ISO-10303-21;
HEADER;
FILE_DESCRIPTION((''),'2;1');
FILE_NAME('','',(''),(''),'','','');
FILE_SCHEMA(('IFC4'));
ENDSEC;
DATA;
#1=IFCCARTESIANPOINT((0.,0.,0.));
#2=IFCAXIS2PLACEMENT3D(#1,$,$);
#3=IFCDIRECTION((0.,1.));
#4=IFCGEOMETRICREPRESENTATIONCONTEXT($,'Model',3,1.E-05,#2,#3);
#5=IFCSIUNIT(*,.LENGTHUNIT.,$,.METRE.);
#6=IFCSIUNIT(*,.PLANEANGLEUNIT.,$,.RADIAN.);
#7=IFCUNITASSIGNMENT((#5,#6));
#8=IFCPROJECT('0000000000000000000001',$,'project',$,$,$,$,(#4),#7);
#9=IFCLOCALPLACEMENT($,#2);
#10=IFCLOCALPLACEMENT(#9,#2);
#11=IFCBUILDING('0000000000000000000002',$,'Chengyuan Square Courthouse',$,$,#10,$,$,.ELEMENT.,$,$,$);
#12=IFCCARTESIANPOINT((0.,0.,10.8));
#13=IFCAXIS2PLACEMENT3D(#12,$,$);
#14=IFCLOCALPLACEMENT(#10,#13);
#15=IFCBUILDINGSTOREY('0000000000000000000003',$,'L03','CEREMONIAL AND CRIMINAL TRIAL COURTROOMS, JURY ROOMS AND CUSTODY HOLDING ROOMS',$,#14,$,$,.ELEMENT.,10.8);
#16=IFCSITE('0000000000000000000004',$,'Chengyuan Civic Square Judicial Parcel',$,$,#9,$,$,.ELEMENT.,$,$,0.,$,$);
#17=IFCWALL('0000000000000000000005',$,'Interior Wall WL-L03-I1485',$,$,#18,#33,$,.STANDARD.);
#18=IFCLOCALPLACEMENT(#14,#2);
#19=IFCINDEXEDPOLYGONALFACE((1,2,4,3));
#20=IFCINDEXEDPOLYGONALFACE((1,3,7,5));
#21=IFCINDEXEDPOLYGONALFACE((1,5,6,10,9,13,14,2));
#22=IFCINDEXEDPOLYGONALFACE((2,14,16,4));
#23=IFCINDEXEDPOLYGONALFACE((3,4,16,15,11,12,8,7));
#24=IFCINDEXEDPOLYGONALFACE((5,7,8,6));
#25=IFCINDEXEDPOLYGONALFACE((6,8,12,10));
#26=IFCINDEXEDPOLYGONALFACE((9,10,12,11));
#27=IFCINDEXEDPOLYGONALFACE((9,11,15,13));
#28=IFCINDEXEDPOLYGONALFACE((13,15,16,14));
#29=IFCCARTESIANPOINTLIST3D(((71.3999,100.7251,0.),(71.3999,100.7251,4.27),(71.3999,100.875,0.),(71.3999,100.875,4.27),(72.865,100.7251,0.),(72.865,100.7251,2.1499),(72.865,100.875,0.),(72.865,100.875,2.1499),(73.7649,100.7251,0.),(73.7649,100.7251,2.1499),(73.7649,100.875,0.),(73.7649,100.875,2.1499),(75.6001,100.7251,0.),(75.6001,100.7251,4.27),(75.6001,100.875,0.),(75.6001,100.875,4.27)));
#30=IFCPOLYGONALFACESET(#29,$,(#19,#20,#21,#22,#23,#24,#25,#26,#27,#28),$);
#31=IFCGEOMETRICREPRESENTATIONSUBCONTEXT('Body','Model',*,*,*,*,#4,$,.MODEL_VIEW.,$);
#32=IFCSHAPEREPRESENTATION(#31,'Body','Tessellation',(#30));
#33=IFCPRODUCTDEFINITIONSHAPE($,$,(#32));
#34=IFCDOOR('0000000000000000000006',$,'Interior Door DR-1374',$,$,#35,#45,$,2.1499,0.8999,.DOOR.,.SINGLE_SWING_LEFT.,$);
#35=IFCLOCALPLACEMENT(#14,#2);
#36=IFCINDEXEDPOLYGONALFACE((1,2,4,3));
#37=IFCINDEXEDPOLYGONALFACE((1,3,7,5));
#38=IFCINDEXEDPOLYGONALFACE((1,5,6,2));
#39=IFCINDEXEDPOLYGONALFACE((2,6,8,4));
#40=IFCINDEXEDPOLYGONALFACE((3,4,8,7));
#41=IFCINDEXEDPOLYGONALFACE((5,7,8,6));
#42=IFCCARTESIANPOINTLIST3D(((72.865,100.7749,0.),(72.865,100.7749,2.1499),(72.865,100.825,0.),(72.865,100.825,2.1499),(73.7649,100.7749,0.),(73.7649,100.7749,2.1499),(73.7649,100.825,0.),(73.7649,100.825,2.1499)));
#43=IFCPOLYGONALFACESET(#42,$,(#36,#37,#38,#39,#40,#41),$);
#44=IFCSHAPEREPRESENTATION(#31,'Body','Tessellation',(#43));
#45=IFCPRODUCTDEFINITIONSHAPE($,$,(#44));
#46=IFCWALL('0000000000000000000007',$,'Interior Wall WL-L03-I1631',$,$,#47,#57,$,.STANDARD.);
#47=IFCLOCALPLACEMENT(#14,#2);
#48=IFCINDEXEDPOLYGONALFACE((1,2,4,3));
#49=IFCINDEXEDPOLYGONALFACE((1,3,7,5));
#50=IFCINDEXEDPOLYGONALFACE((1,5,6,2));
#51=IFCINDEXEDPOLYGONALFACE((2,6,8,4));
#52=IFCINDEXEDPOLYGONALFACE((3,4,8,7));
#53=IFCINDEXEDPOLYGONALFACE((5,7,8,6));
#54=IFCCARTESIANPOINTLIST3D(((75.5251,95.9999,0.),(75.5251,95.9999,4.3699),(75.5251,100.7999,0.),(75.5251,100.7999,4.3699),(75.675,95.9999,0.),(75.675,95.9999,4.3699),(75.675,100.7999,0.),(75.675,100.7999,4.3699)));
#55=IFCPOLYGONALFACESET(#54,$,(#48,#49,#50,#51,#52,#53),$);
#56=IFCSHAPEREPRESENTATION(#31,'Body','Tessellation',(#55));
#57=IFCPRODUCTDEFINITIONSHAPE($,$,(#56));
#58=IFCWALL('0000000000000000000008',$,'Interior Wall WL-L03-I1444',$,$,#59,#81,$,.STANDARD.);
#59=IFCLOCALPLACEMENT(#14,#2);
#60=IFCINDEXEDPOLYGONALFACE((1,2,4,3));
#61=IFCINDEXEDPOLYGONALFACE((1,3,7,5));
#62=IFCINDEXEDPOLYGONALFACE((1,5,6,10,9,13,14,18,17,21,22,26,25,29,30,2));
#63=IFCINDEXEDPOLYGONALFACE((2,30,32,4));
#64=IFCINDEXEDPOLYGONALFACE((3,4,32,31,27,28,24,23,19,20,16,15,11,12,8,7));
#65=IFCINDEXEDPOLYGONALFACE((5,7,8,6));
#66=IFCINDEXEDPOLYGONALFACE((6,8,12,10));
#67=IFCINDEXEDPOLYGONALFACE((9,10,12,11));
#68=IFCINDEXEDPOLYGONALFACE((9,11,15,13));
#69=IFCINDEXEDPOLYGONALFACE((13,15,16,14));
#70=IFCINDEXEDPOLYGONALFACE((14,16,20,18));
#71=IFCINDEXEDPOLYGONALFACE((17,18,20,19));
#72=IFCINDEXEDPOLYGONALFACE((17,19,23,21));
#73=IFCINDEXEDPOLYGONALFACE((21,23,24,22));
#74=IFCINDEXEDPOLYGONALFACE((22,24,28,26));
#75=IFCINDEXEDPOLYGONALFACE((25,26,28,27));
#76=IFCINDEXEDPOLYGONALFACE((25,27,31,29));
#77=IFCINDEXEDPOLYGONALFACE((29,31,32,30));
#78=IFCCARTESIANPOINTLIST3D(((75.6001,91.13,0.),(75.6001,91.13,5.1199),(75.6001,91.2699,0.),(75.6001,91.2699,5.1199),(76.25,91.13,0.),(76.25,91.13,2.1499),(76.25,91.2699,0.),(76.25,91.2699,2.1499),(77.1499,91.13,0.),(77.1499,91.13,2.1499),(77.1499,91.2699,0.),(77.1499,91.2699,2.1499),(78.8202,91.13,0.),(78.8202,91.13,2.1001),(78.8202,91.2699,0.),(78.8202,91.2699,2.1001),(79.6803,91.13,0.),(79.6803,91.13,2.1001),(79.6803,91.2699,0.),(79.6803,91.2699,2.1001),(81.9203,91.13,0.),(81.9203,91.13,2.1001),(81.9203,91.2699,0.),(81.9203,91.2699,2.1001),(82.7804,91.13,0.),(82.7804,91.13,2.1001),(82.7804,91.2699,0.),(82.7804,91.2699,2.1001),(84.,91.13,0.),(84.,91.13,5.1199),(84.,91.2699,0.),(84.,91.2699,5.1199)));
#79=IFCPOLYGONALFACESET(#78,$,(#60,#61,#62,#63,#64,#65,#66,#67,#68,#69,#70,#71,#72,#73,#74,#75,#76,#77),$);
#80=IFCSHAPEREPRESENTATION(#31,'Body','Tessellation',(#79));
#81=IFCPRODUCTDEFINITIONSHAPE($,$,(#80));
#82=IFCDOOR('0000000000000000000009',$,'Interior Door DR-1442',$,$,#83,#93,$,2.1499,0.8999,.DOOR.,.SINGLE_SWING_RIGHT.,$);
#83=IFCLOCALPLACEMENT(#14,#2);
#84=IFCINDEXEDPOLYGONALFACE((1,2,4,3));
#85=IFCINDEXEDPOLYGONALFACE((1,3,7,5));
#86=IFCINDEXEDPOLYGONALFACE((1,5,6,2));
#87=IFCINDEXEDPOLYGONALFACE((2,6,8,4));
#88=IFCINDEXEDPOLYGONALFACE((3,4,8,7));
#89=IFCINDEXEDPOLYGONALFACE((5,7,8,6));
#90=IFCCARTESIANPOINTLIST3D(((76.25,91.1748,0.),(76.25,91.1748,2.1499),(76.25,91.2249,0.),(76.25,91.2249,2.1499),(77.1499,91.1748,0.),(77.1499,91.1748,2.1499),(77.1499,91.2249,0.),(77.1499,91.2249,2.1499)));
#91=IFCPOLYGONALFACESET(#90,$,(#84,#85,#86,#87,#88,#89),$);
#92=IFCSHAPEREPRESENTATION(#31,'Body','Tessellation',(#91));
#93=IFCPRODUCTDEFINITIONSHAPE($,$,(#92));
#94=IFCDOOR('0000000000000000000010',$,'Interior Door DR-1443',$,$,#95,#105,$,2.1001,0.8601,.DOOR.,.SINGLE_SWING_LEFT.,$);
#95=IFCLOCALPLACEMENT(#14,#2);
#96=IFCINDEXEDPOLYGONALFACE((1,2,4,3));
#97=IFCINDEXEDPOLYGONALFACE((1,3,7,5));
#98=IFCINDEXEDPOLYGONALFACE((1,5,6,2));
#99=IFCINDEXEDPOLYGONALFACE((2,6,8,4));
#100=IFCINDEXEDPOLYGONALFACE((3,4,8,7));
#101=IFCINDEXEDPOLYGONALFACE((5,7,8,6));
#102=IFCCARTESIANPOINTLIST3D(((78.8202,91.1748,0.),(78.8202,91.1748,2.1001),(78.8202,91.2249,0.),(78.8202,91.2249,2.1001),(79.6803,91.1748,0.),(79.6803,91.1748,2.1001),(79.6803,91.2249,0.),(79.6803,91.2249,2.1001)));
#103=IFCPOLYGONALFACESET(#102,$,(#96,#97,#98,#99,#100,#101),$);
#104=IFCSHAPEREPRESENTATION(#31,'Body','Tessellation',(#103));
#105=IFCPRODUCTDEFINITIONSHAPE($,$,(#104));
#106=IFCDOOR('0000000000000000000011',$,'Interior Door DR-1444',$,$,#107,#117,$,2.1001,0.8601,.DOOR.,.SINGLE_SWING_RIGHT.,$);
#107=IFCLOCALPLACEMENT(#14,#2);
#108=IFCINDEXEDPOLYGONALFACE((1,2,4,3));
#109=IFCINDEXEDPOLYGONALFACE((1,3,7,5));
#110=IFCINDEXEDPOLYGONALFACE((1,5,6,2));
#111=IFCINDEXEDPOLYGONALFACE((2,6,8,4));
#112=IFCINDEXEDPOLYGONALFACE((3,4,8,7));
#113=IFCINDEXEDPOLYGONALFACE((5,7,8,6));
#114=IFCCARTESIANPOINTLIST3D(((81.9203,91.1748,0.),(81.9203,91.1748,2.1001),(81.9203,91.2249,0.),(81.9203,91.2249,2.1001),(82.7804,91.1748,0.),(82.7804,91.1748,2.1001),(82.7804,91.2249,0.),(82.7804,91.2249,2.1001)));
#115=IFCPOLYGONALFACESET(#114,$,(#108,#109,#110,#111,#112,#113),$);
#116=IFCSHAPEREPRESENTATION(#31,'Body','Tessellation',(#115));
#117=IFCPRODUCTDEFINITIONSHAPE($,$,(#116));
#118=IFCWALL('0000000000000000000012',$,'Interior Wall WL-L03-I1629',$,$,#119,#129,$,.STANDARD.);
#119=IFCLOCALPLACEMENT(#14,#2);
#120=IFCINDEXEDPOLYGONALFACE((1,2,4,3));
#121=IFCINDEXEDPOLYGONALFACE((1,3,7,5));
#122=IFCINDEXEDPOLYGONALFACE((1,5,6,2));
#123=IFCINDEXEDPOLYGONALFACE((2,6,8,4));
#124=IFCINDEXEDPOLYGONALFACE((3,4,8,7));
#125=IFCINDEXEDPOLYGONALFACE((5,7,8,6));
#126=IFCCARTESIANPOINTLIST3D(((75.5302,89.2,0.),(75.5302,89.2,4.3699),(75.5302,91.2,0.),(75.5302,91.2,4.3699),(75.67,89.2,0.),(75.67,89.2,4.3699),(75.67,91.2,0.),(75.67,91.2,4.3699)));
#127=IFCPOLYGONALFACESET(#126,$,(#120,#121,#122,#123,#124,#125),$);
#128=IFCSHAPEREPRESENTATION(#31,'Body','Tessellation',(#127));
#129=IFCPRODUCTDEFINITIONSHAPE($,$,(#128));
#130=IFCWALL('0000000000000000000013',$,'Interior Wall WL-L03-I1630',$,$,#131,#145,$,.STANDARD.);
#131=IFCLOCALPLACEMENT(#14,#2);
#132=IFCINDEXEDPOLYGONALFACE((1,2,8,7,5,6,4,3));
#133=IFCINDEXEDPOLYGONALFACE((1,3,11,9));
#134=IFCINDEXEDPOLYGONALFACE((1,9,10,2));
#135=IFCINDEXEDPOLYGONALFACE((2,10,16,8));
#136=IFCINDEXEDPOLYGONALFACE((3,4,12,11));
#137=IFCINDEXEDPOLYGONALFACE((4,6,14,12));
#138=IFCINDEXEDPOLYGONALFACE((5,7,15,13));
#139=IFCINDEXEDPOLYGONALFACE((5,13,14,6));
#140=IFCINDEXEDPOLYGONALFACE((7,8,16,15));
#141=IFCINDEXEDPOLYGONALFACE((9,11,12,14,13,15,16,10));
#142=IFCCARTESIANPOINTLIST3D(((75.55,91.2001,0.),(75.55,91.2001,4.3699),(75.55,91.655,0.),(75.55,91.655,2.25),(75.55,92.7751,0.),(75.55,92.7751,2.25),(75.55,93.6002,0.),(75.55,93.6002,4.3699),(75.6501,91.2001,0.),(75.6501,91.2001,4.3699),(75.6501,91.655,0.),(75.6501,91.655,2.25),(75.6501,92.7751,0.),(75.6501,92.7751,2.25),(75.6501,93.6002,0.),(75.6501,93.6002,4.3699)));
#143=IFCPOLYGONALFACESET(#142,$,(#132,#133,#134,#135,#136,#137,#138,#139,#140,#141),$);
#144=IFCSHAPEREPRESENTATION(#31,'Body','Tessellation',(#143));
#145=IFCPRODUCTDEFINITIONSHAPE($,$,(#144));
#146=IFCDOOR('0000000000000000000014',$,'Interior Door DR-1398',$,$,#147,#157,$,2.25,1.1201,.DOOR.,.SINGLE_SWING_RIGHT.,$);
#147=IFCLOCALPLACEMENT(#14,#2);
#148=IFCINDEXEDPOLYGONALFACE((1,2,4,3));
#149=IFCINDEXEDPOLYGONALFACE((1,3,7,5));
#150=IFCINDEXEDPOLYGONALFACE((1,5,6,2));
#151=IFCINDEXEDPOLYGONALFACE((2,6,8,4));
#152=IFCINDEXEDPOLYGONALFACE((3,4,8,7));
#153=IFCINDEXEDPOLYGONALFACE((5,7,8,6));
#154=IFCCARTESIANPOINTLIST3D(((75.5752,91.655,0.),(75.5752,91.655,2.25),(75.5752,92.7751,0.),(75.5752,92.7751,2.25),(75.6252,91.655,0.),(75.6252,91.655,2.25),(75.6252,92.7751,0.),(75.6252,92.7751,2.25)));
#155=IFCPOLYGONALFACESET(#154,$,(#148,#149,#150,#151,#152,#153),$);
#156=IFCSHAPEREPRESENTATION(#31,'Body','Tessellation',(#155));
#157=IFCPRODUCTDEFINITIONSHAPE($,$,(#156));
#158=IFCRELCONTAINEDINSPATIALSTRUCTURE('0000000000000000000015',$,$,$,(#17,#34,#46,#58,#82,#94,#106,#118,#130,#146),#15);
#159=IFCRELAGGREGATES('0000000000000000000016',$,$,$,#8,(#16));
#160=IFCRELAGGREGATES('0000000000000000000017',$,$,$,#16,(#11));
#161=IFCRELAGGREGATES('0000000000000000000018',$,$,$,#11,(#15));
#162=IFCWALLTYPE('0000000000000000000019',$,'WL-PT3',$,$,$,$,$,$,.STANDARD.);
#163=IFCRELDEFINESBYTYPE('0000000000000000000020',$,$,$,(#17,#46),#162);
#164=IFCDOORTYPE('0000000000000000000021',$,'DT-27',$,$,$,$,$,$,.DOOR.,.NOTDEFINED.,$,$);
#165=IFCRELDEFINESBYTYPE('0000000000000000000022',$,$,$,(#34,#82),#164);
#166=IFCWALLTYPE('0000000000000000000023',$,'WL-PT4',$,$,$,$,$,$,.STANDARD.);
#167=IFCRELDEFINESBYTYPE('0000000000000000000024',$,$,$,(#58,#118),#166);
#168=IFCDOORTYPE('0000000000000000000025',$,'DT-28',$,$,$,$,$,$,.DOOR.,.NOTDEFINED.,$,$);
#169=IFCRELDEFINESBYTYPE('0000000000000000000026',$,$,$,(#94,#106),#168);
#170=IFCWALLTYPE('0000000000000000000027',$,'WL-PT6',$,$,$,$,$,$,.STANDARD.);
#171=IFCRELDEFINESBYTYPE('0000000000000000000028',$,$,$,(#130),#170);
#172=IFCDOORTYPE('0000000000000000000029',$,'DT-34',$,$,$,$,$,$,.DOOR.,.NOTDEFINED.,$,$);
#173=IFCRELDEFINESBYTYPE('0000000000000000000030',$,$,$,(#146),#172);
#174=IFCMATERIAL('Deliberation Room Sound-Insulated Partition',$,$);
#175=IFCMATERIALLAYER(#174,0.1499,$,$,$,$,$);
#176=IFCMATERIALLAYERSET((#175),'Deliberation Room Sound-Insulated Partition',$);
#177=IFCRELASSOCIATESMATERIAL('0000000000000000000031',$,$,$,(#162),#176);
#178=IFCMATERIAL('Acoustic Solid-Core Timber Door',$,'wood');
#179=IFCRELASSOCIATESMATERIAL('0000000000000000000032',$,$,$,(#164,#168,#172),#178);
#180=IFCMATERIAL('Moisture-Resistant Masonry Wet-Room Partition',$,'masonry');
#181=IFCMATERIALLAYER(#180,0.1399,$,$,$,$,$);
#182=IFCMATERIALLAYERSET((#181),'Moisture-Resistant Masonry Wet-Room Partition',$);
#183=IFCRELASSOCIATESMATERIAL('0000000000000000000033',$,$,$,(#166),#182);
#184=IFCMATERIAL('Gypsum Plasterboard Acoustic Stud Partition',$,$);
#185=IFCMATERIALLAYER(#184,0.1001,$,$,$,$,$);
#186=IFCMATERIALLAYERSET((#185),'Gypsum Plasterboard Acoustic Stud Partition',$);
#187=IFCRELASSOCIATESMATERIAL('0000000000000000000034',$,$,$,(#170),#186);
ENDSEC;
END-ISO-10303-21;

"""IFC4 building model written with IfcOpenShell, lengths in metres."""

from ifc_helpers import new_model, si_unit, direction, frame, frame_2d, origin, place, context, subcontext, project, spatial, rectangle, extrude, material, layer, layer_set, type_object, element, fill, save


model = new_model("IFC4")

# Units and contexts
model_context = context("Model", 3, precision=1e-05, world=origin(), true_north=direction((0.0, 1.0)))
body_context = subcontext(model_context, "Body", "Model", "MODEL_VIEW")
ifc_project = project(units=[si_unit("LENGTHUNIT", "METRE"), si_unit("PLANEANGLEUNIT", "RADIAN")], contexts=[model_context])

# Site, building, storey
site_placement = place(None, origin())
site = spatial("IfcSite", under=ifc_project, at=site_placement, Name="Chengyuan Civic Square Judicial Parcel", CompositionType="ELEMENT", RefElevation=0.0)
building_placement = place(site_placement, origin())
building = spatial("IfcBuilding", under=site, at=building_placement, Name="Chengyuan Square Courthouse", CompositionType="ELEMENT")
storey_placement = place(building_placement, frame((0.0, 0.0, 10.8)))
storey = spatial("IfcBuildingStorey", under=building, at=storey_placement, Name="L03", Description="CEREMONIAL AND CRIMINAL TRIAL COURTROOMS, JURY ROOMS AND CUSTODY HOLDING ROOMS", CompositionType="ELEMENT", Elevation=10.8)

# Wall, opening, door
ifc_material_1 = material(Name="Deliberation Room Sound-Insulated Partition")
ifc_layer_1 = layer(ifc_material_1, 0.1499)
ifc_layer_set_1 = layer_set([ifc_layer_1], Name="Deliberation Room Sound-Insulated Partition")
wall_type_1 = type_object("IfcWallType", Name="WL-PT3", PredefinedType="STANDARD", material=ifc_layer_set_1)
wall_1_placement = place(storey_placement, frame((71.3999, 100.8, 0.0), z_axis=(0.0, 0.0, 1.0), x_axis=(1.0, 0.0, 0.0)))
wall_1 = element("IfcWall", 1, at=wall_1_placement, inside=storey, type_object=wall_type_1, Name="Interior Wall WL-L03-I1485", PredefinedType="STANDARD", context=body_context, shape_type="SweptSolid", body=[
    extrude(rectangle(XDim=4.2002, YDim=0.1499, at=frame_2d((2.1001, 0.0))), origin(), (0.0, 0.0, 1.0), 4.27),
])
opening_1_placement = place(wall_1_placement, frame((1.4651, 0.0, 0.0)))
opening_1 = element("IfcOpeningElement", 2, at=opening_1_placement, cuts=wall_1, PredefinedType="OPENING", context=body_context, shape_type="SweptSolid", body=[
    extrude(rectangle(XDim=0.8999, YDim=2.1499, at=frame_2d((0.45, 1.075))), frame((0.0, 0.0869, 0.0), z_axis=(0.0, -1.0, 0.0), x_axis=(1.0, 0.0, 0.0)), (0.0, 0.0, 1.0), 0.1738),
])
ifc_material_2 = material(Name="Acoustic Solid-Core Timber Door", Category="wood")
door_type_1 = type_object("IfcDoorType", Name="DT-27", OperationType="NOTDEFINED", PredefinedType="DOOR", material=ifc_material_2)
door_1_placement = place(opening_1_placement, origin())
door_1 = element("IfcDoor", 3, at=door_1_placement, inside=storey, type_object=door_type_1, Name="Interior Door DR-1374", OperationType="SINGLE_SWING_LEFT", OverallHeight=2.1499, OverallWidth=0.8999, PredefinedType="DOOR", context=body_context, shape_type="SweptSolid", body=[
    extrude(rectangle(XDim=0.8999, YDim=2.1499, at=frame_2d((0.45, 1.075))), frame((0.0, 0.0249, 0.0), z_axis=(0.0, -1.0, 0.0), x_axis=(1.0, 0.0, 0.0)), (0.0, 0.0, 1.0), 0.05),
])
fill(opening_1, door_1)

# Wall
wall_2_placement = place(storey_placement, frame((75.6001, 96.0, 0.0), z_axis=(0.0, 0.0, 1.0), x_axis=(0.0, 1.0, 0.0)))
element("IfcWall", 4, at=wall_2_placement, inside=storey, type_object=wall_type_1, Name="Interior Wall WL-L03-I1631", PredefinedType="STANDARD", context=body_context, shape_type="SweptSolid", body=[
    extrude(rectangle(XDim=4.8, YDim=0.1499, at=frame_2d((2.3999, 0.0))), origin(), (0.0, 0.0, 1.0), 4.3699),
])

# Wall, openings, doors
ifc_material_3 = material(Name="Moisture-Resistant Masonry Wet-Room Partition", Category="masonry")
ifc_layer_2 = layer(ifc_material_3, 0.1399)
ifc_layer_set_2 = layer_set([ifc_layer_2], Name="Moisture-Resistant Masonry Wet-Room Partition")
wall_type_2 = type_object("IfcWallType", Name="WL-PT4", PredefinedType="STANDARD", material=ifc_layer_set_2)
wall_3_placement = place(storey_placement, frame((75.6001, 91.2, 0.0), z_axis=(0.0, 0.0, 1.0), x_axis=(1.0, 0.0, 0.0)))
wall_3 = element("IfcWall", 5, at=wall_3_placement, inside=storey, type_object=wall_type_2, Name="Interior Wall WL-L03-I1444", PredefinedType="STANDARD", context=body_context, shape_type="SweptSolid", body=[
    extrude(rectangle(XDim=8.3999, YDim=0.1399, at=frame_2d((4.2, 0.0))), origin(), (0.0, 0.0, 1.0), 5.1199),
])
opening_2_placement = place(wall_3_placement, frame((0.6499, 0.0, 0.0)))
opening_2 = element("IfcOpeningElement", 6, at=opening_2_placement, cuts=wall_3, PredefinedType="OPENING", context=body_context, shape_type="SweptSolid", body=[
    extrude(rectangle(XDim=0.8999, YDim=2.1499, at=frame_2d((0.45, 1.075))), frame((0.0, 0.082, 0.0), z_axis=(0.0, -1.0, 0.0), x_axis=(1.0, 0.0, 0.0)), (0.0, 0.0, 1.0), 0.1638),
])
opening_3_placement = place(wall_3_placement, frame((3.22, 0.0, 0.0)))
opening_3 = element("IfcOpeningElement", 7, at=opening_3_placement, cuts=wall_3, PredefinedType="OPENING", context=body_context, shape_type="SweptSolid", body=[
    extrude(rectangle(XDim=0.8601, YDim=2.1001, at=frame_2d((0.4302, 1.05))), frame((0.0, 0.082, 0.0), z_axis=(0.0, -1.0, 0.0), x_axis=(1.0, 0.0, 0.0)), (0.0, 0.0, 1.0), 0.1638),
])
opening_4_placement = place(wall_3_placement, frame((6.3201, 0.0, 0.0)))
opening_4 = element("IfcOpeningElement", 8, at=opening_4_placement, cuts=wall_3, PredefinedType="OPENING", context=body_context, shape_type="SweptSolid", body=[
    extrude(rectangle(XDim=0.8601, YDim=2.1001, at=frame_2d((0.4302, 1.05))), frame((0.0, 0.082, 0.0), z_axis=(0.0, -1.0, 0.0), x_axis=(1.0, 0.0, 0.0)), (0.0, 0.0, 1.0), 0.1638),
])
door_2_placement = place(opening_2_placement, origin())
door_2 = element("IfcDoor", 9, at=door_2_placement, inside=storey, type_object=door_type_1, Name="Interior Door DR-1442", OperationType="SINGLE_SWING_RIGHT", OverallHeight=2.1499, OverallWidth=0.8999, PredefinedType="DOOR", context=body_context, shape_type="SweptSolid", body=[
    extrude(rectangle(XDim=0.8999, YDim=2.1499, at=frame_2d((0.45, 1.075))), frame((0.0, 0.0249, 0.0), z_axis=(0.0, -1.0, 0.0), x_axis=(1.0, 0.0, 0.0)), (0.0, 0.0, 1.0), 0.05),
])
fill(opening_2, door_2)
door_type_2 = type_object("IfcDoorType", Name="DT-28", OperationType="NOTDEFINED", PredefinedType="DOOR", material=ifc_material_2)
door_3_placement = place(opening_3_placement, origin())
door_3 = element("IfcDoor", 10, at=door_3_placement, inside=storey, type_object=door_type_2, Name="Interior Door DR-1443", OperationType="SINGLE_SWING_LEFT", OverallHeight=2.1001, OverallWidth=0.8601, PredefinedType="DOOR", context=body_context, shape_type="SweptSolid", body=[
    extrude(rectangle(XDim=0.8601, YDim=2.1001, at=frame_2d((0.4302, 1.05))), frame((0.0, 0.0249, 0.0), z_axis=(0.0, -1.0, 0.0), x_axis=(1.0, 0.0, 0.0)), (0.0, 0.0, 1.0), 0.05),
])
fill(opening_3, door_3)
door_4_placement = place(opening_4_placement, origin())
door_4 = element("IfcDoor", 11, at=door_4_placement, inside=storey, type_object=door_type_2, Name="Interior Door DR-1444", OperationType="SINGLE_SWING_RIGHT", OverallHeight=2.1001, OverallWidth=0.8601, PredefinedType="DOOR", context=body_context, shape_type="SweptSolid", body=[
    extrude(rectangle(XDim=0.8601, YDim=2.1001, at=frame_2d((0.4302, 1.05))), frame((0.0, 0.0249, 0.0), z_axis=(0.0, -1.0, 0.0), x_axis=(1.0, 0.0, 0.0)), (0.0, 0.0, 1.0), 0.05),
])
fill(opening_4, door_4)

# Wall
wall_4_placement = place(storey_placement, frame((75.6001, 89.2, 0.0), z_axis=(0.0, 0.0, 1.0), x_axis=(0.0, 1.0, 0.0)))
element("IfcWall", 12, at=wall_4_placement, inside=storey, type_object=wall_type_2, Name="Interior Wall WL-L03-I1629", PredefinedType="STANDARD", context=body_context, shape_type="SweptSolid", body=[
    extrude(rectangle(XDim=2.0, YDim=0.1399, at=frame_2d((1.0, 0.0))), origin(), (0.0, 0.0, 1.0), 4.3699),
])

# Wall, opening, door
ifc_material_4 = material(Name="Gypsum Plasterboard Acoustic Stud Partition")
ifc_layer_3 = layer(ifc_material_4, 0.1001)
ifc_layer_set_3 = layer_set([ifc_layer_3], Name="Gypsum Plasterboard Acoustic Stud Partition")
wall_type_3 = type_object("IfcWallType", Name="WL-PT6", PredefinedType="STANDARD", material=ifc_layer_set_3)
wall_5_placement = place(storey_placement, frame((75.6001, 91.2, 0.0), z_axis=(0.0, 0.0, 1.0), x_axis=(0.0, 1.0, 0.0)))
wall_5 = element("IfcWall", 13, at=wall_5_placement, inside=storey, type_object=wall_type_3, Name="Interior Wall WL-L03-I1630", PredefinedType="STANDARD", context=body_context, shape_type="SweptSolid", body=[
    extrude(rectangle(XDim=2.4001, YDim=0.1001, at=frame_2d((1.2002, 0.0))), origin(), (0.0, 0.0, 1.0), 4.3699),
])
opening_5_placement = place(wall_5_placement, frame((0.4551, 0.0, 0.0)))
opening_5 = element("IfcOpeningElement", 14, at=opening_5_placement, cuts=wall_5, PredefinedType="OPENING", context=body_context, shape_type="SweptSolid", body=[
    extrude(rectangle(XDim=1.1201, YDim=2.25, at=frame_2d((0.5601, 1.125))), frame((0.0, 0.062, 0.0), z_axis=(0.0, -1.0, 0.0), x_axis=(1.0, 0.0, 0.0)), (0.0, 0.0, 1.0), 0.124),
])
door_type_3 = type_object("IfcDoorType", Name="DT-34", OperationType="NOTDEFINED", PredefinedType="DOOR", material=ifc_material_2)
door_5_placement = place(opening_5_placement, origin())
door_5 = element("IfcDoor", 15, at=door_5_placement, inside=storey, type_object=door_type_3, Name="Interior Door DR-1398", OperationType="SINGLE_SWING_RIGHT", OverallHeight=2.25, OverallWidth=1.1201, PredefinedType="DOOR", context=body_context, shape_type="SweptSolid", body=[
    extrude(rectangle(XDim=1.1201, YDim=2.25, at=frame_2d((0.5601, 1.125))), frame((0.0, 0.0249, 0.0), z_axis=(0.0, -1.0, 0.0), x_axis=(1.0, 0.0, 0.0)), (0.0, 0.0, 1.0), 0.05),
])
fill(opening_5, door_5)

save(model, "model.ifc")
